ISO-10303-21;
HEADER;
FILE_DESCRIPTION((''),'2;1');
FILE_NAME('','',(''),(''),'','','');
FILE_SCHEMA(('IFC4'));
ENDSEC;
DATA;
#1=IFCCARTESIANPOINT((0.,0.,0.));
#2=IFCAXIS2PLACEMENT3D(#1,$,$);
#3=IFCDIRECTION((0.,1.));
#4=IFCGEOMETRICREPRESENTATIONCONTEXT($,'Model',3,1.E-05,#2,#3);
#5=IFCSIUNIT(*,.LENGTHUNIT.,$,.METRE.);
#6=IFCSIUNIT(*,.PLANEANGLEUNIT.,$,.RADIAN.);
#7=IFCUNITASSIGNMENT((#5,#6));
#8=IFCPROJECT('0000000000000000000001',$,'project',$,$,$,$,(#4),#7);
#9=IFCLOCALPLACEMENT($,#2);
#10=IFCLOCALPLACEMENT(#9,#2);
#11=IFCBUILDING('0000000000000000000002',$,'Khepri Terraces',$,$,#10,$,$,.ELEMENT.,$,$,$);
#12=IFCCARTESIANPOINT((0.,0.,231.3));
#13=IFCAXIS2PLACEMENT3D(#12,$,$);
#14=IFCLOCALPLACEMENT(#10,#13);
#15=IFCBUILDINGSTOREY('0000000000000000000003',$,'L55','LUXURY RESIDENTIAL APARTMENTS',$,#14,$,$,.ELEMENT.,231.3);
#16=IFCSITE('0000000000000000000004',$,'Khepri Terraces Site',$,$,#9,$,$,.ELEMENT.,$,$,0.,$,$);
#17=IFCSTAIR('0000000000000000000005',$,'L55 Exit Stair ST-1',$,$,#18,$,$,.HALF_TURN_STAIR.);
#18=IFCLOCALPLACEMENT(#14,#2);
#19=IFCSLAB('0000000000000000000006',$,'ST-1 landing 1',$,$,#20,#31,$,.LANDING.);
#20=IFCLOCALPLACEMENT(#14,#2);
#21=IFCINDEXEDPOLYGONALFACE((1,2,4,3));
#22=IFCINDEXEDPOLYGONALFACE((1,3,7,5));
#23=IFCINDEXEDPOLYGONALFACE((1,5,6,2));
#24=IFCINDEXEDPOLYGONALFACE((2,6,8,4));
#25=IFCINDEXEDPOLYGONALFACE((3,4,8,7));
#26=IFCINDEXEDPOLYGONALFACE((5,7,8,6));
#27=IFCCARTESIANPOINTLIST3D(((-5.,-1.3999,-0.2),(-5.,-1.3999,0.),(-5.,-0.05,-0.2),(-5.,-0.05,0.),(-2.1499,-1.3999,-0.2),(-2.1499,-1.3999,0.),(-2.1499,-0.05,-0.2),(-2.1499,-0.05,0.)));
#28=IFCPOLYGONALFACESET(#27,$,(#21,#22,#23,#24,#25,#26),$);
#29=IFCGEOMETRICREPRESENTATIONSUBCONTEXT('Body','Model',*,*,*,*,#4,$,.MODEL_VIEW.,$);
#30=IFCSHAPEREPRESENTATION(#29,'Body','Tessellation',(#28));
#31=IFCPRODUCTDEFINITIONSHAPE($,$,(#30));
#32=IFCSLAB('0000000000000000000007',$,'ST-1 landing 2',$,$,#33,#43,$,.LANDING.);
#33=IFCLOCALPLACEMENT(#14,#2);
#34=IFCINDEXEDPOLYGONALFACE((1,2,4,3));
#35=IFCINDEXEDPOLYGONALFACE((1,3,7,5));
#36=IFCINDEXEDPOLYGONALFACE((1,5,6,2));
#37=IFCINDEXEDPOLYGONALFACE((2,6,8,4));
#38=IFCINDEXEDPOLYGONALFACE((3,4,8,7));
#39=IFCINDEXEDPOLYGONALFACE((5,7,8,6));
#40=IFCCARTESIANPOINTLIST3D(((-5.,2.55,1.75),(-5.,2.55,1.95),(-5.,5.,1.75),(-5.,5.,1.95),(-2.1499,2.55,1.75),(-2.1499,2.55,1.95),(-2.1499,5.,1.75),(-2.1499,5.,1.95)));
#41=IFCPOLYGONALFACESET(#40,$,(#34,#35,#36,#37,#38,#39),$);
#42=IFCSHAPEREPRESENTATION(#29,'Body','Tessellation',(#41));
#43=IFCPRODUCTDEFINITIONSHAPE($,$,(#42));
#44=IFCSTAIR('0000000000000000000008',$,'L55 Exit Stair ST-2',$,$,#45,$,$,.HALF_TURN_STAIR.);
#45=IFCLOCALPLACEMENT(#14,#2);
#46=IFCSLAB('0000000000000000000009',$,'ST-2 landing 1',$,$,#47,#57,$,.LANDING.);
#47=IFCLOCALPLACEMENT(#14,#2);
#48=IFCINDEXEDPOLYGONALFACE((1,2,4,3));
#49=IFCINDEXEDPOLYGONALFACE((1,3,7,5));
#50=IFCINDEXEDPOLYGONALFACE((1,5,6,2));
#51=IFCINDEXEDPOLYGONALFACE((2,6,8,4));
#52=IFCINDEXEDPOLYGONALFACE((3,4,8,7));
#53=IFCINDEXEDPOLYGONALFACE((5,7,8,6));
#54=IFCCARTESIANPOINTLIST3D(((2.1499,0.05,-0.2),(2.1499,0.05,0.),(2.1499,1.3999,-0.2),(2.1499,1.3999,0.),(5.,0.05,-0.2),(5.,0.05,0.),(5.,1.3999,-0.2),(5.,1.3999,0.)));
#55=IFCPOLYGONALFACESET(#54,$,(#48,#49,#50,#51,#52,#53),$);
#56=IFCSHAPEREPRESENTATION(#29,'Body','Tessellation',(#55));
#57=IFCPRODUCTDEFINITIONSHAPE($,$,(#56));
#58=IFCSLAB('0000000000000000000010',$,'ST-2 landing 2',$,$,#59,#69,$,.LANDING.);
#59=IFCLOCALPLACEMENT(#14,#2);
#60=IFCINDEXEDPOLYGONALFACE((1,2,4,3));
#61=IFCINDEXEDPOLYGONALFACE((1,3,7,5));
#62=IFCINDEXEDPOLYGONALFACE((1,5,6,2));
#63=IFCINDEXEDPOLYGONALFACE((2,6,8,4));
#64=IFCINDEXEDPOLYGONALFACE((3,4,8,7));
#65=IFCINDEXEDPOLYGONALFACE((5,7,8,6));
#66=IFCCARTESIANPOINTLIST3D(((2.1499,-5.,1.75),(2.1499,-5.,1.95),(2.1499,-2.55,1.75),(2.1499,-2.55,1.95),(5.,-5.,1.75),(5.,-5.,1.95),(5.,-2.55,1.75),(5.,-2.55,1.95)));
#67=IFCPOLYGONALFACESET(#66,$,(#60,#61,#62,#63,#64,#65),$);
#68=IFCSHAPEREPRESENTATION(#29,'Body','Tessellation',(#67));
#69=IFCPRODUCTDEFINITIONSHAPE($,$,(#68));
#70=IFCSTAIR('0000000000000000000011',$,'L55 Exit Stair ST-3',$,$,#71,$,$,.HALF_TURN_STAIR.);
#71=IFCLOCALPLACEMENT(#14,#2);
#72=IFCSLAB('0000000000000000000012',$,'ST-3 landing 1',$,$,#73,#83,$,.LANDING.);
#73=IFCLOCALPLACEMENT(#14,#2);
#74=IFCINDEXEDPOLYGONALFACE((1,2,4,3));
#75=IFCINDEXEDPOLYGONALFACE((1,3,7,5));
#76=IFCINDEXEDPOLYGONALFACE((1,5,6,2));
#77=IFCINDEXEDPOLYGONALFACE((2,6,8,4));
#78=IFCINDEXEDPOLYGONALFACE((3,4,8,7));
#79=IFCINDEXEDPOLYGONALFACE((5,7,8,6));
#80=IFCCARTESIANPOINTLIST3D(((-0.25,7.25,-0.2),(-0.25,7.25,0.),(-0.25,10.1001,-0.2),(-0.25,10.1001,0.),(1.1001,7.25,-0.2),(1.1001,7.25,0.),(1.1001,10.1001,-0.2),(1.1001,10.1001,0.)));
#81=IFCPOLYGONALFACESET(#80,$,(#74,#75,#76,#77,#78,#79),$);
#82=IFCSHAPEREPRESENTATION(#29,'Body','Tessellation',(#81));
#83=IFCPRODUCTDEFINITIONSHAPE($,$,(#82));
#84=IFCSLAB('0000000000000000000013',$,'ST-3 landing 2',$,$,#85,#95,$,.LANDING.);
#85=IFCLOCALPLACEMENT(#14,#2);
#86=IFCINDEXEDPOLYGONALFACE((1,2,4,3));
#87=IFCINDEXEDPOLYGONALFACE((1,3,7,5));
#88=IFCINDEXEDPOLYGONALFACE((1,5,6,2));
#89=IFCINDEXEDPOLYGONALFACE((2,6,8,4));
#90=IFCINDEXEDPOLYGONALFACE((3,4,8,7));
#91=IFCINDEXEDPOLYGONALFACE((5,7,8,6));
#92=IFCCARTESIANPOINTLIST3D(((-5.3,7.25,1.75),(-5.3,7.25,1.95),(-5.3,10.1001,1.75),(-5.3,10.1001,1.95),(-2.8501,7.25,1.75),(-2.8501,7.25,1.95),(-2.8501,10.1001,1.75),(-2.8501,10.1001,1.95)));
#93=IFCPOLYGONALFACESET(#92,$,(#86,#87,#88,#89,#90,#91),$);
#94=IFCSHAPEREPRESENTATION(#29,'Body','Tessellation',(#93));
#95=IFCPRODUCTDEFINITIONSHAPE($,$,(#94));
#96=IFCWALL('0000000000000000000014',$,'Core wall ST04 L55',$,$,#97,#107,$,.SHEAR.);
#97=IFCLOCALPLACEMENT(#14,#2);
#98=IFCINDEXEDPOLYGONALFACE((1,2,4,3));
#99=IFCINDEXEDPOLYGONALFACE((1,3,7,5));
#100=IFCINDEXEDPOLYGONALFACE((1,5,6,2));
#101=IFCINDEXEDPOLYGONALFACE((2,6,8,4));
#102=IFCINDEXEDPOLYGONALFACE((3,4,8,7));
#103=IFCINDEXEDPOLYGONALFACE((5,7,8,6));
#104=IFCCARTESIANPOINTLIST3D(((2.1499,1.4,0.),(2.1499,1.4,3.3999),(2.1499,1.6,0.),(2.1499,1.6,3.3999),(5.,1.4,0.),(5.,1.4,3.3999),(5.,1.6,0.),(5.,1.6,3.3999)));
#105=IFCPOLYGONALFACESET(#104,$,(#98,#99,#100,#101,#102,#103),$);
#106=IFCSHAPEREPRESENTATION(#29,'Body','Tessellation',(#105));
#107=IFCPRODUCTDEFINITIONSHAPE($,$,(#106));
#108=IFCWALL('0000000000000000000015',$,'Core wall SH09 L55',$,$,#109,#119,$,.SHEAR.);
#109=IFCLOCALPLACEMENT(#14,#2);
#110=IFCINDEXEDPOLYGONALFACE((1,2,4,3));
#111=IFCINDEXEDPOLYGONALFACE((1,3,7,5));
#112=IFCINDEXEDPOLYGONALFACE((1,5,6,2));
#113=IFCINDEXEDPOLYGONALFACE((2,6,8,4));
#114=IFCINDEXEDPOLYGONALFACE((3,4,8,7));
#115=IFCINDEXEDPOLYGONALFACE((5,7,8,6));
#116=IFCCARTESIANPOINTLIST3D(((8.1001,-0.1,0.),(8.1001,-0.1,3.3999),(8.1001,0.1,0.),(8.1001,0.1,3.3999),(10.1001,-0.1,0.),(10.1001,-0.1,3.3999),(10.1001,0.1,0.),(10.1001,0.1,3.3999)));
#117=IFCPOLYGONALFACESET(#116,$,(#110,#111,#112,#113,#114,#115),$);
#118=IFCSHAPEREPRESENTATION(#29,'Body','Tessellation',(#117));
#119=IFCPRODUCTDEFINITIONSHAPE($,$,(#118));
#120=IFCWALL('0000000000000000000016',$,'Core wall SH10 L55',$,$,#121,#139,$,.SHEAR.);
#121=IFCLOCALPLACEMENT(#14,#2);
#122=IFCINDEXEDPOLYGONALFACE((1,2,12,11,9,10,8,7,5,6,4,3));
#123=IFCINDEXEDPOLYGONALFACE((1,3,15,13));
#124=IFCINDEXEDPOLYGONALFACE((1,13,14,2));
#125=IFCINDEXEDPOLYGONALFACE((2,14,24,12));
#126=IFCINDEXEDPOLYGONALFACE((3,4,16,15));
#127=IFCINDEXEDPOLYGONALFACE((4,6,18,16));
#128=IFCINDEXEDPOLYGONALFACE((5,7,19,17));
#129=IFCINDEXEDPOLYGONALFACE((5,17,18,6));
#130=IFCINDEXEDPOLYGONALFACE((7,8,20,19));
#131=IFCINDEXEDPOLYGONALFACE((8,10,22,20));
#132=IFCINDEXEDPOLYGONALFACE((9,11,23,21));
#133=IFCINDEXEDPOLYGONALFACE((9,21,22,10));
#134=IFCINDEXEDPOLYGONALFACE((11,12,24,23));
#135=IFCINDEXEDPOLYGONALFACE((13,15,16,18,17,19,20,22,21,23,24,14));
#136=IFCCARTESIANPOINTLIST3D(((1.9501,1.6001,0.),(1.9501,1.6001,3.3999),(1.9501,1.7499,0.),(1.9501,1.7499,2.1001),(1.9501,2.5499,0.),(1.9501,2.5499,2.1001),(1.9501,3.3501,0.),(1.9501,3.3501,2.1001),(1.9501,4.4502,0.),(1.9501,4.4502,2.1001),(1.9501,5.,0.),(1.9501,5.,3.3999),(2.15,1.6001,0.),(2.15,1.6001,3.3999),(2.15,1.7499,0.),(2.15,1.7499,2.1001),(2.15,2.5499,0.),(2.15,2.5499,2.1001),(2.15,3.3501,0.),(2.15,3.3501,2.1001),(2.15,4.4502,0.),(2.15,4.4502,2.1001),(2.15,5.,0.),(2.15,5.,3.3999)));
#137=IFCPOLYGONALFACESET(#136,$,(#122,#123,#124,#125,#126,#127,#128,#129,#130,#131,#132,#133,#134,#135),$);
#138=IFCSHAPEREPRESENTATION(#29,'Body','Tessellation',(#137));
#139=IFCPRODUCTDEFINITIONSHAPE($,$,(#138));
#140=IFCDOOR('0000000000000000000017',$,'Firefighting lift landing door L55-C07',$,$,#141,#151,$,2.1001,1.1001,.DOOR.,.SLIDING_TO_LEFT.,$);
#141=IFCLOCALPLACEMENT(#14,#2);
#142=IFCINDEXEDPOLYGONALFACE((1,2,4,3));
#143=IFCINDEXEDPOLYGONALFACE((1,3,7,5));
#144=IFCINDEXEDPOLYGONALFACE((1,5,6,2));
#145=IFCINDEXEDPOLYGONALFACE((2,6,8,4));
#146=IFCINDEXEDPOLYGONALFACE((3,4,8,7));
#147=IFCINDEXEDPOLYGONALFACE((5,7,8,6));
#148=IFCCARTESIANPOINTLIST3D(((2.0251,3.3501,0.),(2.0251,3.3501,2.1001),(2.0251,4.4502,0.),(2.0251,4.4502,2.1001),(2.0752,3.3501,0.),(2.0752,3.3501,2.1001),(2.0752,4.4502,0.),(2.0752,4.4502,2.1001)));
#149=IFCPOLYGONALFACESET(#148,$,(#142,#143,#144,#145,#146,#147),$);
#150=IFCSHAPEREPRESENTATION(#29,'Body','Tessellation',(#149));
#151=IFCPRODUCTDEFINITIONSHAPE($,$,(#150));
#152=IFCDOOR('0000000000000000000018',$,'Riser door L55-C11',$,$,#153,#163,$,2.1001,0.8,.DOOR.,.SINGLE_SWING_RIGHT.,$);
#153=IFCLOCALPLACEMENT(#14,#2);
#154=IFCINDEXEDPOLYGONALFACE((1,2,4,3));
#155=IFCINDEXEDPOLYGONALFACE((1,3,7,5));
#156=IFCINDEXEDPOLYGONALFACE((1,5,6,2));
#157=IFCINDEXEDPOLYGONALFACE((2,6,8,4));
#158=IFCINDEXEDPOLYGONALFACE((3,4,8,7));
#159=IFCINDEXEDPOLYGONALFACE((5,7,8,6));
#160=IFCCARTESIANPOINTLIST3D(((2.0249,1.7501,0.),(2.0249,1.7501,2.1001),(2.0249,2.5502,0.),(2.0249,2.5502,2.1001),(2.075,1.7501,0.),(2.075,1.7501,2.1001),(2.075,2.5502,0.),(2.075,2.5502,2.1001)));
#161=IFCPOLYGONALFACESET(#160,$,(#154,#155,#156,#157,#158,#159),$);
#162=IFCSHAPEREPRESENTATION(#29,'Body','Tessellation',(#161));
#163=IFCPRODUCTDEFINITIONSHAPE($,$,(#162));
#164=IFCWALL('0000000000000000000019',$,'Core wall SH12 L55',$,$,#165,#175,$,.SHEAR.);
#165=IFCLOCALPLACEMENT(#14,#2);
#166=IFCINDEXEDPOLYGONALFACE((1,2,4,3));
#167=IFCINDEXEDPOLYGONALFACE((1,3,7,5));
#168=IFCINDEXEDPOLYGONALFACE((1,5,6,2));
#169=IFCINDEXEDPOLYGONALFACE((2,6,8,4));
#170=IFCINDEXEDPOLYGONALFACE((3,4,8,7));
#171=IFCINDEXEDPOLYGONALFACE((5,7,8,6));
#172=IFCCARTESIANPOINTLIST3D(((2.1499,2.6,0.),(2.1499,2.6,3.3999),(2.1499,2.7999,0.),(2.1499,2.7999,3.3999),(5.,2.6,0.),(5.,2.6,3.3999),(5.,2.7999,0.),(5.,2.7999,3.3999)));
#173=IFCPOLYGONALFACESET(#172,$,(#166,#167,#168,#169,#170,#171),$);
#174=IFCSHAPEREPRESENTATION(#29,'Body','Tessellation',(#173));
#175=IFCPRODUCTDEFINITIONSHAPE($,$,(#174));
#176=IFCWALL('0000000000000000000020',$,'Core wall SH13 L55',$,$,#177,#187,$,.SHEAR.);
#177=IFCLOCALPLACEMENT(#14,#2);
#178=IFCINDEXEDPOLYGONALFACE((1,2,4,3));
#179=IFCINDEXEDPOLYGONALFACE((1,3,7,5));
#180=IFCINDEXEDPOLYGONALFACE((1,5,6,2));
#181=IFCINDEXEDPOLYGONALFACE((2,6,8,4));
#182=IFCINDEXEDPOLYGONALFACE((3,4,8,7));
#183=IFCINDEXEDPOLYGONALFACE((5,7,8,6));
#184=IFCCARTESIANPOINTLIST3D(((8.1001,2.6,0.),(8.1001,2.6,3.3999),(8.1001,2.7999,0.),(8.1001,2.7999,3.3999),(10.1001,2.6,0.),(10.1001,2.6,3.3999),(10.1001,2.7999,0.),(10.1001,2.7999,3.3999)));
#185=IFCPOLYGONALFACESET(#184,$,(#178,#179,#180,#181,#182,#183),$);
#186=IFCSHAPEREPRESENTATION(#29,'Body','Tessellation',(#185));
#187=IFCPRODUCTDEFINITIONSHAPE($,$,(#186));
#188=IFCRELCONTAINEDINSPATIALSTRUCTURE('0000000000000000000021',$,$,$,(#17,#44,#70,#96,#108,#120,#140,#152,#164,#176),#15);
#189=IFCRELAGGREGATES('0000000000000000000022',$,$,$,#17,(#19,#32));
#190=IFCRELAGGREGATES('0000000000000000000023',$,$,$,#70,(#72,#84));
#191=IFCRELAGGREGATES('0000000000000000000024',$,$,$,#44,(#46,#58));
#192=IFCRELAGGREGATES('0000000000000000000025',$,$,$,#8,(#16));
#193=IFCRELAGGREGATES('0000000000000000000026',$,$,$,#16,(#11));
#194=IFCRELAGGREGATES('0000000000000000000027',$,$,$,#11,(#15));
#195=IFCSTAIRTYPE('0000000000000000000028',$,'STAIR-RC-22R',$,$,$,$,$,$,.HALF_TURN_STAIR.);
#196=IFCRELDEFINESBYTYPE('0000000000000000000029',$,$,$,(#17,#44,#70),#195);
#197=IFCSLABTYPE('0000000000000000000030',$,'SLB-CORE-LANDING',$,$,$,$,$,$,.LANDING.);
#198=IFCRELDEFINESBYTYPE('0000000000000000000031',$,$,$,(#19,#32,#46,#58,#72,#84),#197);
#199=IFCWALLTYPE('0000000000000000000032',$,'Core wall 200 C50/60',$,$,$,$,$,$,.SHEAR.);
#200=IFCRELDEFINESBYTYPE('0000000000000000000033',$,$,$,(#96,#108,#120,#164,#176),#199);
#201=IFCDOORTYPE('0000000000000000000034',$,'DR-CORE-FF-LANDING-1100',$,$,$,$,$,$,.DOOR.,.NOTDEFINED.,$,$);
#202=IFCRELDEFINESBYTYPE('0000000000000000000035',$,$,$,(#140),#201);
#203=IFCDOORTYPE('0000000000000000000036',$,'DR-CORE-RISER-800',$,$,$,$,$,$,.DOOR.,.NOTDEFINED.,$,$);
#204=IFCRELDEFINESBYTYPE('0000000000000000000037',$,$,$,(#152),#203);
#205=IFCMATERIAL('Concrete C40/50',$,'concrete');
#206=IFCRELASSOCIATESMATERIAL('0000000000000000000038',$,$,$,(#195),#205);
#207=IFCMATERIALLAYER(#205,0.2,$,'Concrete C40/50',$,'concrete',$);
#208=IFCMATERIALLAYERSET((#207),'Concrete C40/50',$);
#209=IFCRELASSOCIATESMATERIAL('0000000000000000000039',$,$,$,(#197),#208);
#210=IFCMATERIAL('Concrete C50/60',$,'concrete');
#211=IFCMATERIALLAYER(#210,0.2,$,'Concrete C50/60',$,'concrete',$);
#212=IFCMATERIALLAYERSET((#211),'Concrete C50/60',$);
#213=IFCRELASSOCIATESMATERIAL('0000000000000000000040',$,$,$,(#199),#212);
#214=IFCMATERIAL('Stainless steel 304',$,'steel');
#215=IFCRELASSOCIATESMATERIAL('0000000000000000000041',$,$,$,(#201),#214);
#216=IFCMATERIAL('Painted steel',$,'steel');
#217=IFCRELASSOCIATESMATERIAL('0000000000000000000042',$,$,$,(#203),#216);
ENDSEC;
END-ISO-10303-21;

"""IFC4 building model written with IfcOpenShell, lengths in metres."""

from ifc_helpers import new_model, si_unit, direction, frame, frame_2d, origin, place, context, subcontext, project, spatial, polyline, rectangle, outline, extrude, material, layer, layer_set, type_object, element, fill, aggregate, save


model = new_model("IFC4")

# Units and contexts
model_context = context("Model", 3, precision=1e-05, world=origin(), true_north=direction((0.0, 1.0)))
body_context = subcontext(model_context, "Body", "Model", "MODEL_VIEW")
ifc_project = project(units=[si_unit("LENGTHUNIT", "METRE"), si_unit("PLANEANGLEUNIT", "RADIAN")], contexts=[model_context])

# Site, building, storey
site_placement = place(None, origin())
site = spatial("IfcSite", under=ifc_project, at=site_placement, Name="Khepri Terraces Site", CompositionType="ELEMENT", RefElevation=0.0)
building_placement = place(site_placement, origin())
building = spatial("IfcBuilding", under=site, at=building_placement, Name="Khepri Terraces", CompositionType="ELEMENT")
storey_placement = place(building_placement, frame((0.0, 0.0, 231.3)))
storey = spatial("IfcBuildingStorey", under=building, at=storey_placement, Name="L55", Description="LUXURY RESIDENTIAL APARTMENTS", CompositionType="ELEMENT", Elevation=231.3)

# Stairs, slabs
ifc_material_1 = material(Name="Concrete C40/50", Category="concrete")
stair_type = type_object("IfcStairType", Name="STAIR-RC-22R", PredefinedType="HALF_TURN_STAIR", material=ifc_material_1)
stair_1_placement = place(storey_placement, origin())
stair_1 = element("IfcStair", 1, at=stair_1_placement, inside=storey, type_object=stair_type, Name="L55 Exit Stair ST-1", PredefinedType="HALF_TURN_STAIR")
ifc_layer_1 = layer(ifc_material_1, 0.2, Name="Concrete C40/50", Category="concrete")
ifc_layer_set_1 = layer_set([ifc_layer_1], Name="Concrete C40/50")
slab_type = type_object("IfcSlabType", Name="SLB-CORE-LANDING", PredefinedType="LANDING", material=ifc_layer_set_1)
slab_1_placement = place(storey_placement, frame((0.0, 0.0, -0.2)))
slab_1 = element("IfcSlab", 2, at=slab_1_placement, type_object=slab_type, Name="ST-1 landing 1", PredefinedType="LANDING", context=body_context, shape_type="SweptSolid", body=[
    extrude(outline(polyline([(-2.1499, -1.3999), (-2.1499, -0.05), (-5.0, -0.05), (-5.0, -1.3999), (-2.1499, -1.3999)])), origin(), (0.0, 0.0, 1.0), 0.2),
])
slab_2_placement = place(storey_placement, frame((0.0, 0.0, 1.75)))
slab_2 = element("IfcSlab", 3, at=slab_2_placement, type_object=slab_type, Name="ST-1 landing 2", PredefinedType="LANDING", context=body_context, shape_type="SweptSolid", body=[
    extrude(outline(polyline([(-2.1499, 2.55), (-2.1499, 5.0), (-5.0, 5.0), (-5.0, 2.55), (-2.1499, 2.55)])), origin(), (0.0, 0.0, 1.0), 0.2),
])
aggregate(stair_1, [slab_1, slab_2])
stair_2_placement = place(storey_placement, origin())
stair_2 = element("IfcStair", 4, at=stair_2_placement, inside=storey, type_object=stair_type, Name="L55 Exit Stair ST-2", PredefinedType="HALF_TURN_STAIR")
slab_3_placement = place(storey_placement, frame((0.0, 0.0, -0.2)))
slab_3 = element("IfcSlab", 5, at=slab_3_placement, type_object=slab_type, Name="ST-2 landing 1", PredefinedType="LANDING", context=body_context, shape_type="SweptSolid", body=[
    extrude(outline(polyline([(2.1499, 1.3999), (2.1499, 0.05), (5.0, 0.05), (5.0, 1.3999), (2.1499, 1.3999)])), origin(), (0.0, 0.0, 1.0), 0.2),
])
slab_4_placement = place(storey_placement, frame((0.0, 0.0, 1.75)))
slab_4 = element("IfcSlab", 6, at=slab_4_placement, type_object=slab_type, Name="ST-2 landing 2", PredefinedType="LANDING", context=body_context, shape_type="SweptSolid", body=[
    extrude(outline(polyline([(2.1499, -2.55), (2.1499, -5.0), (5.0, -5.0), (5.0, -2.55), (2.1499, -2.55)])), origin(), (0.0, 0.0, 1.0), 0.2),
])
stair_3_placement = place(storey_placement, origin())
stair_3 = element("IfcStair", 7, at=stair_3_placement, inside=storey, type_object=stair_type, Name="L55 Exit Stair ST-3", PredefinedType="HALF_TURN_STAIR")
slab_5_placement = place(storey_placement, frame((0.0, 0.0, -0.2)))
slab_5 = element("IfcSlab", 8, at=slab_5_placement, type_object=slab_type, Name="ST-3 landing 1", PredefinedType="LANDING", context=body_context, shape_type="SweptSolid", body=[
    extrude(outline(polyline([(1.1001, 10.1001), (-0.25, 10.1001), (-0.25, 7.25), (1.1001, 7.25), (1.1001, 10.1001)])), origin(), (0.0, 0.0, 1.0), 0.2),
])
slab_6_placement = place(storey_placement, frame((0.0, 0.0, 1.75)))
slab_6 = element("IfcSlab", 9, at=slab_6_placement, type_object=slab_type, Name="ST-3 landing 2", PredefinedType="LANDING", context=body_context, shape_type="SweptSolid", body=[
    extrude(outline(polyline([(-2.8501, 10.1001), (-5.3, 10.1001), (-5.3, 7.25), (-2.8501, 7.25), (-2.8501, 10.1001)])), origin(), (0.0, 0.0, 1.0), 0.2),
])
aggregate(stair_3, [slab_5, slab_6])

# Walls
ifc_material_2 = material(Name="Concrete C50/60", Category="concrete")
ifc_layer_2 = layer(ifc_material_2, 0.2, Name="Concrete C50/60", Category="concrete")
ifc_layer_set_2 = layer_set([ifc_layer_2], Name="Concrete C50/60")
wall_type = type_object("IfcWallType", Name="Core wall 200 C50/60", PredefinedType="SHEAR", material=ifc_layer_set_2)
wall_1_placement = place(storey_placement, frame((2.1499, 1.5, 0.0), z_axis=(0.0, 0.0, 1.0), x_axis=(1.0, 0.0, 0.0)))
element("IfcWall", 10, at=wall_1_placement, inside=storey, type_object=wall_type, Name="Core wall ST04 L55", PredefinedType="SHEAR", context=body_context, shape_type="SweptSolid", body=[
    extrude(rectangle(XDim=2.8501, YDim=0.2, at=frame_2d((1.425, 0.0))), origin(), (0.0, 0.0, 1.0), 3.3999),
])
wall_2_placement = place(storey_placement, frame((8.1001, 0.0, 0.0), z_axis=(0.0, 0.0, 1.0), x_axis=(1.0, 0.0, 0.0)))
element("IfcWall", 11, at=wall_2_placement, inside=storey, type_object=wall_type, Name="Core wall SH09 L55", PredefinedType="SHEAR", context=body_context, shape_type="SweptSolid", body=[
    extrude(rectangle(XDim=2.0, YDim=0.2, at=frame_2d((1.0, 0.0))), origin(), (0.0, 0.0, 1.0), 3.3999),
])

# Wall, openings, doors
wall_3_placement = place(storey_placement, frame((2.05, 1.6001, 0.0), z_axis=(0.0, 0.0, 1.0), x_axis=(0.0, 1.0, 0.0)))
wall_3 = element("IfcWall", 12, at=wall_3_placement, inside=storey, type_object=wall_type, Name="Core wall SH10 L55", PredefinedType="SHEAR", context=body_context, shape_type="SweptSolid", body=[
    extrude(rectangle(XDim=3.3999, YDim=0.2, at=frame_2d((1.7, 0.0))), origin(), (0.0, 0.0, 1.0), 3.3999),
])
opening_1_placement = place(wall_3_placement, frame((1.75, 0.0, 0.0)))
opening_1 = element("IfcOpeningElement", 13, at=opening_1_placement, cuts=wall_3, PredefinedType="OPENING", context=body_context, shape_type="SweptSolid", body=[
    extrude(rectangle(XDim=1.1001, YDim=2.1001, at=frame_2d((0.55, 1.05))), frame((0.0, 0.1099, 0.0), z_axis=(0.0, -1.0, 0.0), x_axis=(1.0, 0.0, 0.0)), (0.0, 0.0, 1.0), 0.22),
])
opening_2_placement = place(wall_3_placement, frame((0.1499, 0.0, 0.0)))
opening_2 = element("IfcOpeningElement", 14, at=opening_2_placement, cuts=wall_3, PredefinedType="OPENING", context=body_context, shape_type="SweptSolid", body=[
    extrude(rectangle(XDim=0.8, YDim=2.1001, at=frame_2d((0.3999, 1.05))), frame((0.0, 0.1099, 0.0), z_axis=(0.0, -1.0, 0.0), x_axis=(1.0, 0.0, 0.0)), (0.0, 0.0, 1.0), 0.22),
])
ifc_material_3 = material(Name="Stainless steel 304", Category="steel")
door_type_1 = type_object("IfcDoorType", Name="DR-CORE-FF-LANDING-1100", OperationType="NOTDEFINED", PredefinedType="DOOR", material=ifc_material_3)
door_1_placement = place(opening_1_placement, origin())
door_1 = element("IfcDoor", 15, at=door_1_placement, inside=storey, type_object=door_type_1, Name="Firefighting lift landing door L55-C07", OperationType="SLIDING_TO_LEFT", OverallHeight=2.1001, OverallWidth=1.1001, PredefinedType="DOOR", context=body_context, shape_type="SweptSolid", body=[
    extrude(rectangle(XDim=1.1001, YDim=2.1001, at=frame_2d((0.55, 1.05))), frame((0.0, 0.0249, 0.0), z_axis=(0.0, -1.0, 0.0), x_axis=(1.0, 0.0, 0.0)), (0.0, 0.0, 1.0), 0.05),
])
fill(opening_1, door_1)
ifc_material_4 = material(Name="Painted steel", Category="steel")
door_type_2 = type_object("IfcDoorType", Name="DR-CORE-RISER-800", OperationType="NOTDEFINED", PredefinedType="DOOR", material=ifc_material_4)
door_2_placement = place(opening_2_placement, frame((0.8, 0.0, 0.0), z_axis=(0.0, 0.0, 1.0), x_axis=(-1.0, 0.0, 0.0)))
door_2 = element("IfcDoor", 16, at=door_2_placement, inside=storey, type_object=door_type_2, Name="Riser door L55-C11", OperationType="SINGLE_SWING_RIGHT", OverallHeight=2.1001, OverallWidth=0.8, PredefinedType="DOOR", context=body_context, shape_type="SweptSolid", body=[
    extrude(rectangle(XDim=0.8, YDim=2.1001, at=frame_2d((0.3999, 1.05))), frame((0.0, 0.0249, 0.0), z_axis=(0.0, -1.0, 0.0), x_axis=(1.0, 0.0, 0.0)), (0.0, 0.0, 1.0), 0.05),
])
fill(opening_2, door_2)

# Walls
wall_4_placement = place(storey_placement, frame((2.1499, 2.7, 0.0), z_axis=(0.0, 0.0, 1.0), x_axis=(1.0, 0.0, 0.0)))
element("IfcWall", 17, at=wall_4_placement, inside=storey, type_object=wall_type, Name="Core wall SH12 L55", PredefinedType="SHEAR", context=body_context, shape_type="SweptSolid", body=[
    extrude(rectangle(XDim=2.8501, YDim=0.2, at=frame_2d((1.425, 0.0))), origin(), (0.0, 0.0, 1.0), 3.3999),
])
wall_5_placement = place(storey_placement, frame((8.1001, 2.7, 0.0), z_axis=(0.0, 0.0, 1.0), x_axis=(1.0, 0.0, 0.0)))
element("IfcWall", 18, at=wall_5_placement, inside=storey, type_object=wall_type, Name="Core wall SH13 L55", PredefinedType="SHEAR", context=body_context, shape_type="SweptSolid", body=[
    extrude(rectangle(XDim=2.0, YDim=0.2, at=frame_2d((1.0, 0.0))), origin(), (0.0, 0.0, 1.0), 3.3999),
])

aggregate(stair_2, [slab_3, slab_4])

save(model, "model.ifc")
